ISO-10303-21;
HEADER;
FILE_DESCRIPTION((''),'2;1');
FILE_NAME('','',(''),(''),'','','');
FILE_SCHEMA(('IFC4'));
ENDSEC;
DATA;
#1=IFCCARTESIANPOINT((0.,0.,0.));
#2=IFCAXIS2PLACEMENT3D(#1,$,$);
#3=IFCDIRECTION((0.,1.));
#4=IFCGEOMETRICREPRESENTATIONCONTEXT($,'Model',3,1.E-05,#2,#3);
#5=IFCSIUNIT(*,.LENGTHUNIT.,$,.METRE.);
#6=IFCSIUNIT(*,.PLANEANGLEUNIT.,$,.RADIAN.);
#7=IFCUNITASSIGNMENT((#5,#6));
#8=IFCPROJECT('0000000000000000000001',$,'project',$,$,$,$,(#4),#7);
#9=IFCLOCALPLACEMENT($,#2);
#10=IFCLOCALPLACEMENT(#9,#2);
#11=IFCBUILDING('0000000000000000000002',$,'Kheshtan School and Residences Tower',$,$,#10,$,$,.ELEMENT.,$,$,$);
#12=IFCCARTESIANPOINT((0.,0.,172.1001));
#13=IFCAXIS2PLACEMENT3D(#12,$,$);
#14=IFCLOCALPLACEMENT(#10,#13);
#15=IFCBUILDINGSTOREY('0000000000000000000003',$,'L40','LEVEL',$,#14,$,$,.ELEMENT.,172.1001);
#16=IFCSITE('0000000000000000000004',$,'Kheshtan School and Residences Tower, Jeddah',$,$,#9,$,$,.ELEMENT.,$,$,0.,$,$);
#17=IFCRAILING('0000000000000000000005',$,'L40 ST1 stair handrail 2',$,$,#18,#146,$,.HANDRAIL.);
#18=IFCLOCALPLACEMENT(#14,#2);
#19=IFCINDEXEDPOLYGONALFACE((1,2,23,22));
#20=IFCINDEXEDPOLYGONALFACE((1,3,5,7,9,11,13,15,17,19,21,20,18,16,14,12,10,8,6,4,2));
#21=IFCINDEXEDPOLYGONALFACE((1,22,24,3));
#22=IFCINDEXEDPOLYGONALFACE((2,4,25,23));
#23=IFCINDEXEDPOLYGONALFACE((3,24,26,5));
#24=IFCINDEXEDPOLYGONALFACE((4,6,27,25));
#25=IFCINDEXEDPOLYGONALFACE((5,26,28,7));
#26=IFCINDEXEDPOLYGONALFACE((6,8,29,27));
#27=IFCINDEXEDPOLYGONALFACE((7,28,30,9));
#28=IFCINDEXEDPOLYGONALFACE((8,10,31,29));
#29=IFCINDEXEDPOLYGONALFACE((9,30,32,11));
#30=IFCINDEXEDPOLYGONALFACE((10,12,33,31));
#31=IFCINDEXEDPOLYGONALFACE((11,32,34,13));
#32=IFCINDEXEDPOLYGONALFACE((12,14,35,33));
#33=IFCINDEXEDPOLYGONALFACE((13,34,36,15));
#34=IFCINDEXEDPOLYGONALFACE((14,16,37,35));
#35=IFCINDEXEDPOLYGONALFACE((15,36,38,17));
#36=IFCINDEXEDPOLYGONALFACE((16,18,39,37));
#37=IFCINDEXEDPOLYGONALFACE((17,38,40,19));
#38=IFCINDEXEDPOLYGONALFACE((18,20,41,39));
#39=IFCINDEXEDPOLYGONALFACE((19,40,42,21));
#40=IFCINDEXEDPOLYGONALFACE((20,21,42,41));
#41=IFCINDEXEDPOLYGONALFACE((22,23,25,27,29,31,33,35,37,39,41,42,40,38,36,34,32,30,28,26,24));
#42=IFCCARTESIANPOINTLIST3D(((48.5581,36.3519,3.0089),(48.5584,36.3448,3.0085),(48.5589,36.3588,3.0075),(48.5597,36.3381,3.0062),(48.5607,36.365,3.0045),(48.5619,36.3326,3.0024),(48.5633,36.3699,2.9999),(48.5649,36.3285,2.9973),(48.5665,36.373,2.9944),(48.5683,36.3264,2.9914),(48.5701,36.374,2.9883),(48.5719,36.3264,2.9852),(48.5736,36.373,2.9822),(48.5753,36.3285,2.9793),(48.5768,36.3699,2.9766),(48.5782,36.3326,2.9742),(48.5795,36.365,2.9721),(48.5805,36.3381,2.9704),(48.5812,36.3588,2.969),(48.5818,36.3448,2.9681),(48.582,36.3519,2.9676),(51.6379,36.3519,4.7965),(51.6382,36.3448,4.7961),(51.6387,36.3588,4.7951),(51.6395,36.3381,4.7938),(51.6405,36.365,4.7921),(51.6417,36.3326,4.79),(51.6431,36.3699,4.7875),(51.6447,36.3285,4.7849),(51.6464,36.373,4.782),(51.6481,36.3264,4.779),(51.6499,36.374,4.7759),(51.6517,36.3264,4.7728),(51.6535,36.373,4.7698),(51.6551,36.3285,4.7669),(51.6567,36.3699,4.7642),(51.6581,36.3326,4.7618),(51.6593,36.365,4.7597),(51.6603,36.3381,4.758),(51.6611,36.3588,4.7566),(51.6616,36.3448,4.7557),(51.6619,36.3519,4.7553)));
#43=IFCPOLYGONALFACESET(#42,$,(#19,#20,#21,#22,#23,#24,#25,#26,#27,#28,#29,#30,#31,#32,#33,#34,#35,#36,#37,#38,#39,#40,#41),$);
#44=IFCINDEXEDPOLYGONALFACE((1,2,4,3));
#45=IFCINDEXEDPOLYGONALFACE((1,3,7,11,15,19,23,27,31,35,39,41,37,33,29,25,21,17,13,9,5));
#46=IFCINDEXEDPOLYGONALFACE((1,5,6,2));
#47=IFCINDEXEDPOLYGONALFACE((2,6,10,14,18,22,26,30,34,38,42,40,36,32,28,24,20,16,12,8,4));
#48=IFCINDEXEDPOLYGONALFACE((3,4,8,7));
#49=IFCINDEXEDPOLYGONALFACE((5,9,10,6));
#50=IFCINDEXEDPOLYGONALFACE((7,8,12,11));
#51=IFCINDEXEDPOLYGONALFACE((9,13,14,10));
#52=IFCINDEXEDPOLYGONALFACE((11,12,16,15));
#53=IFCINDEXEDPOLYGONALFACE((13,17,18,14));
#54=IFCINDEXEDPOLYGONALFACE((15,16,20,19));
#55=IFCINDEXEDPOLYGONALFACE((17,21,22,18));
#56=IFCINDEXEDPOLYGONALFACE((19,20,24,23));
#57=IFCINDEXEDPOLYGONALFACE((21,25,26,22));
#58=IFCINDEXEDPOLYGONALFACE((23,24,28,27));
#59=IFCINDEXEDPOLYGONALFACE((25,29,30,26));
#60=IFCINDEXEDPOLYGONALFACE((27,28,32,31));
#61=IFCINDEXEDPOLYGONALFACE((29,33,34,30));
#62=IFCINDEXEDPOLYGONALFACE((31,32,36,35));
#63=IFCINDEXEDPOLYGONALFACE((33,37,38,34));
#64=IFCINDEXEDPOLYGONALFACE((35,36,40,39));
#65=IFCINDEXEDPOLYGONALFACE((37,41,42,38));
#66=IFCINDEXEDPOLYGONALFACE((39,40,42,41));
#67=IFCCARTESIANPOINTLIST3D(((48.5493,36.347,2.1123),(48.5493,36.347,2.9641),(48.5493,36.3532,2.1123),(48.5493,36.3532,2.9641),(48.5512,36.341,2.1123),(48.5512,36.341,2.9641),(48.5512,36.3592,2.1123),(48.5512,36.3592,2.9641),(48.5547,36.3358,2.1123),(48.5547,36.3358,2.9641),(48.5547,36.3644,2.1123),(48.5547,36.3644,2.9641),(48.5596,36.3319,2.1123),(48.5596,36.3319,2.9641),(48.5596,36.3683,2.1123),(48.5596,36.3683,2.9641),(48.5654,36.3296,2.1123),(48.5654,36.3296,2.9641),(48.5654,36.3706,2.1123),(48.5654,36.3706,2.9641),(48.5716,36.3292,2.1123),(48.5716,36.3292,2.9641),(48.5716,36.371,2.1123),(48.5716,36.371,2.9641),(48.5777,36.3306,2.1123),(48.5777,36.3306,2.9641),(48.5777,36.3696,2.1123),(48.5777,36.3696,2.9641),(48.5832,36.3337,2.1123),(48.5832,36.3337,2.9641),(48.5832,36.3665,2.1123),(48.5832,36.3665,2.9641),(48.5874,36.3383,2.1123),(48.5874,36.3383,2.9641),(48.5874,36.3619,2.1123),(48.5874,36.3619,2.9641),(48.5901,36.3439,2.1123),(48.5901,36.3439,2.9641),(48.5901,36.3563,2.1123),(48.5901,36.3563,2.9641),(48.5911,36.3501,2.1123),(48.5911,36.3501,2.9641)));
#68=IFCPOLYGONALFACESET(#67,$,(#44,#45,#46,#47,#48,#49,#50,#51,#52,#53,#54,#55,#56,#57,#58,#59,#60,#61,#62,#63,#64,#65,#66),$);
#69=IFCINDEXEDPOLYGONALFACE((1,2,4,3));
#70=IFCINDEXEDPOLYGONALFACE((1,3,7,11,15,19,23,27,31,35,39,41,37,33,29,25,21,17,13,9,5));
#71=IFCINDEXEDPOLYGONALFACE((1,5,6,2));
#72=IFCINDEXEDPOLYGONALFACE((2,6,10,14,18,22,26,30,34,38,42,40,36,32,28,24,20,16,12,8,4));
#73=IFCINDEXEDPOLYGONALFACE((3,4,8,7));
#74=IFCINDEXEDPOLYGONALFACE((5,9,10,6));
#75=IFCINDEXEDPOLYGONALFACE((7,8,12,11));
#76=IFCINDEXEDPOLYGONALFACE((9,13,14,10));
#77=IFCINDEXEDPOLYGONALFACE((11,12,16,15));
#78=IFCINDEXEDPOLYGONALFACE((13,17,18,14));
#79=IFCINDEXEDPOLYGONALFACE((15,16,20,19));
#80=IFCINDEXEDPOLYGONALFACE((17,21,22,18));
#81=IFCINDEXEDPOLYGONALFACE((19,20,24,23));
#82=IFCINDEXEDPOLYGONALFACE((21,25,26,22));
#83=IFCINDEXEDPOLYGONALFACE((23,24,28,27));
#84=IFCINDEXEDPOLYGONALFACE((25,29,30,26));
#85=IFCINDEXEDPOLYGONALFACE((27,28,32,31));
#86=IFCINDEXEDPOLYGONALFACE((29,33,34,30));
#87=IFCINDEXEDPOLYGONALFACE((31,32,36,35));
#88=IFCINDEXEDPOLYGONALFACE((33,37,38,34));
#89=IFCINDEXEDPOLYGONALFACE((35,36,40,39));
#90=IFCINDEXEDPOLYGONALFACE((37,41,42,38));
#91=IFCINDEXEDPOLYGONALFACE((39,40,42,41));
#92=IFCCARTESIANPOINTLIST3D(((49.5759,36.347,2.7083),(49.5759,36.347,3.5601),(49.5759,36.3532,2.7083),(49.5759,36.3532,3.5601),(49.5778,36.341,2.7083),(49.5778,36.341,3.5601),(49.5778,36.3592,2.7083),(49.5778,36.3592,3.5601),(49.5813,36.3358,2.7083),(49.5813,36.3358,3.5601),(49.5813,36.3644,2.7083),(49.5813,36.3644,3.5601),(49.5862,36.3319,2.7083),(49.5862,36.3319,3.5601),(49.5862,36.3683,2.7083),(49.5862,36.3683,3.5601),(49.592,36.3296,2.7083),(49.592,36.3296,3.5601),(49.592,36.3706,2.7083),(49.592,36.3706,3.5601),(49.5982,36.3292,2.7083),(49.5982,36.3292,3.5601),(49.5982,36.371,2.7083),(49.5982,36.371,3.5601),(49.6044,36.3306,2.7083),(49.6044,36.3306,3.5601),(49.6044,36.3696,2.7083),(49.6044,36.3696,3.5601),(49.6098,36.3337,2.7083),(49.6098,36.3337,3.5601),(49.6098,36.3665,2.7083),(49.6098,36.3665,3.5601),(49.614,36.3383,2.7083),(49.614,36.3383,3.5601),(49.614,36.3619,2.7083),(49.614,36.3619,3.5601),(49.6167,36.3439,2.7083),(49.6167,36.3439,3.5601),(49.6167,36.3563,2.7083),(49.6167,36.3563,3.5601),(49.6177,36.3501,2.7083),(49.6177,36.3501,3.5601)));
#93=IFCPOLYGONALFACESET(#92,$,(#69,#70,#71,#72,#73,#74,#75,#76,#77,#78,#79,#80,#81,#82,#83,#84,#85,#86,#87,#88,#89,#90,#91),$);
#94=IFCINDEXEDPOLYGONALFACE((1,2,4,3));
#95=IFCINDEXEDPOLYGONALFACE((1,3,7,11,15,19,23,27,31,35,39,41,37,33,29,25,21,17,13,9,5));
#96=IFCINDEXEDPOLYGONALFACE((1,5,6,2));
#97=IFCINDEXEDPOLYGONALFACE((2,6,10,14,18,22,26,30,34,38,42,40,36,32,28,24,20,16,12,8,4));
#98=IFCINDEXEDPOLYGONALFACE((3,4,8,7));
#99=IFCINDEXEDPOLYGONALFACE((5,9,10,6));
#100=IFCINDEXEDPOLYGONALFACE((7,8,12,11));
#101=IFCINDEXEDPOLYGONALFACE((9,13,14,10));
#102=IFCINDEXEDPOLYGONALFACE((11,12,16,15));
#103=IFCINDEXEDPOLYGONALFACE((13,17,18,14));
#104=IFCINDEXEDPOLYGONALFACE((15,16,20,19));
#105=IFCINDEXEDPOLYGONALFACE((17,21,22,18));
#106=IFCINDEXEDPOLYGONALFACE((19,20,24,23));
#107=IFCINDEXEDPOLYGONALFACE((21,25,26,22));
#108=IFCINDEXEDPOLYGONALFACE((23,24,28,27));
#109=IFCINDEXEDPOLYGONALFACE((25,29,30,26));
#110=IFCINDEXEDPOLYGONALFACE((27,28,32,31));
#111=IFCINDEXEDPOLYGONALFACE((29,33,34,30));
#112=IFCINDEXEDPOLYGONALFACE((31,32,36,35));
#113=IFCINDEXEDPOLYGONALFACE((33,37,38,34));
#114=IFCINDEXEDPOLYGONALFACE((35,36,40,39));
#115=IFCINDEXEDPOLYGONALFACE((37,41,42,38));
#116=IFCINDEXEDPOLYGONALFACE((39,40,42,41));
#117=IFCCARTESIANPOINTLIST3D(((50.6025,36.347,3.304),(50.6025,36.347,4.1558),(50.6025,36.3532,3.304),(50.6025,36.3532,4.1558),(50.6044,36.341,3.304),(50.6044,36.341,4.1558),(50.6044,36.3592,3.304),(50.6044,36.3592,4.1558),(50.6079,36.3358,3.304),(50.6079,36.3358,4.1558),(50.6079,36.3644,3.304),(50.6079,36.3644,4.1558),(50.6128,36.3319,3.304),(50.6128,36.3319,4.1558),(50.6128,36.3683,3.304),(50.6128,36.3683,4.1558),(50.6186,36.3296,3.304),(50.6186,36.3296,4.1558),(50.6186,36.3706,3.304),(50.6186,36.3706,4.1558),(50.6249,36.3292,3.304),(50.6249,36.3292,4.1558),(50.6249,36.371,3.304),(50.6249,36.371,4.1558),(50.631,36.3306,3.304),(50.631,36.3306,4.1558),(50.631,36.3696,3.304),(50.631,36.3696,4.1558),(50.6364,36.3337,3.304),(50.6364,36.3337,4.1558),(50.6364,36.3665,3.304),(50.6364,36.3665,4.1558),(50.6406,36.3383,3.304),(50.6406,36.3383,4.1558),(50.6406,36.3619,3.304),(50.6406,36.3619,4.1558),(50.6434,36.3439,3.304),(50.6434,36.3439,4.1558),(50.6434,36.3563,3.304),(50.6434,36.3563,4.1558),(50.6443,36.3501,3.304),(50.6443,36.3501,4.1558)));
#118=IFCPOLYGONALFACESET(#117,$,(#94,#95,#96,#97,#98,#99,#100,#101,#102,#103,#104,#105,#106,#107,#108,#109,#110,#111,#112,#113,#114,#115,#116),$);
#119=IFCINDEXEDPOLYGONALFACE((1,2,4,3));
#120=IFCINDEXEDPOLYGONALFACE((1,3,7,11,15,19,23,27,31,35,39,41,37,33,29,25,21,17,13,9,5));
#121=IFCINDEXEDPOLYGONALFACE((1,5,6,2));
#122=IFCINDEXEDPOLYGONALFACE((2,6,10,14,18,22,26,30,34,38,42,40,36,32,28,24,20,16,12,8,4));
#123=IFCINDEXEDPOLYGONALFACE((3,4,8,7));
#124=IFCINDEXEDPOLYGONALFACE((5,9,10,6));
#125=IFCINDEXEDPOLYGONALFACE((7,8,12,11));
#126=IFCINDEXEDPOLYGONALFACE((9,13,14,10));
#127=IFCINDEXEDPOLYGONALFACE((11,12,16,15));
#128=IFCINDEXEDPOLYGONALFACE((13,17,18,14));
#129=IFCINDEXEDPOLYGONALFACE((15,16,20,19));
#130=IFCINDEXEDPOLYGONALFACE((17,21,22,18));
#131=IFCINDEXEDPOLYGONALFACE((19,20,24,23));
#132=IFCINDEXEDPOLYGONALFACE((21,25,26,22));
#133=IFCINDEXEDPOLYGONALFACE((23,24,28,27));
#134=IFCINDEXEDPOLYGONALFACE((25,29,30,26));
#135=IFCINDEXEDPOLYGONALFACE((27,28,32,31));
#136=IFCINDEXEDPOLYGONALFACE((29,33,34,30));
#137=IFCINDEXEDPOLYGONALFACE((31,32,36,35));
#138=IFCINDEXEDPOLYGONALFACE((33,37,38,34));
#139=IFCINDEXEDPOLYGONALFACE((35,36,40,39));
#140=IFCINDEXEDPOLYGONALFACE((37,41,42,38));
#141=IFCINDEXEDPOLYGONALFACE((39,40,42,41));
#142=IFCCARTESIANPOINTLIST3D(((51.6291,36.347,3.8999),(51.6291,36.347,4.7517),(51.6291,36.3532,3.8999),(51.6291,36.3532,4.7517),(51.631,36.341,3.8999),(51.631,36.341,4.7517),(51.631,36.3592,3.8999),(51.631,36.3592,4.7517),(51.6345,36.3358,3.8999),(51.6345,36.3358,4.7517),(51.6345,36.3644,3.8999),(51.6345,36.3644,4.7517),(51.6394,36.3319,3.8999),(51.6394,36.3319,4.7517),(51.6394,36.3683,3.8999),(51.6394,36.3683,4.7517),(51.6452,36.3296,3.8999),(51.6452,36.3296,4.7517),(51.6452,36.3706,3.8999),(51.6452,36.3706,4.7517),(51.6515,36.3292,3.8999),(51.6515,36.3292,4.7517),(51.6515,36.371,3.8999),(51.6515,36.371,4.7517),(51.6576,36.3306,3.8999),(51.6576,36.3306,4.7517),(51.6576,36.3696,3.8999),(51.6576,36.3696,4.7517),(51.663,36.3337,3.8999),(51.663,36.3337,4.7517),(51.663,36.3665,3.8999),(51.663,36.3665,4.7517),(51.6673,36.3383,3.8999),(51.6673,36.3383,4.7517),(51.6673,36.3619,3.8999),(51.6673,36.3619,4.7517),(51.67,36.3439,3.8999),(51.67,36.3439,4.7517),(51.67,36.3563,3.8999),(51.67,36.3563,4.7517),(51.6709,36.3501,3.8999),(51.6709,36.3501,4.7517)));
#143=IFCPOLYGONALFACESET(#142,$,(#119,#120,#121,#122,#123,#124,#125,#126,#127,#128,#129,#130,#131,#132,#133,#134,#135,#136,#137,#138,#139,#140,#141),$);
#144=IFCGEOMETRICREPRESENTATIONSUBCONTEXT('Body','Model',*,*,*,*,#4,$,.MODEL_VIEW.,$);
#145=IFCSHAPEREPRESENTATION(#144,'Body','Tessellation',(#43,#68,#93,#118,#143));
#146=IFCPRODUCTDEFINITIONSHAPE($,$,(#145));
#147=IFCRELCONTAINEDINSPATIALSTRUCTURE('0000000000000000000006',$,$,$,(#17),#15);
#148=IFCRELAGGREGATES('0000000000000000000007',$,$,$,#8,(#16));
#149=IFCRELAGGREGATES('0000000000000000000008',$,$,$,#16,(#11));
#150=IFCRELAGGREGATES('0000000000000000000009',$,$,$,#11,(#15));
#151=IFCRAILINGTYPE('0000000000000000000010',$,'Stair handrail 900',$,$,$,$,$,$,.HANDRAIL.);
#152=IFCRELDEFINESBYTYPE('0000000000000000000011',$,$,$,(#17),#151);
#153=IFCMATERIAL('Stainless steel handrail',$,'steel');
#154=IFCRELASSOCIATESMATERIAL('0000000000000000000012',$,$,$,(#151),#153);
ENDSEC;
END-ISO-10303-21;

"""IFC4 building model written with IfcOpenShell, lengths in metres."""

from ifc_helpers import new_model, si_unit, direction, frame, origin, origin_2d, place, context, subcontext, project, spatial, circle, extrude, material, type_object, element, save


model = new_model("IFC4")

# Units and contexts
model_context = context("Model", 3, precision=1e-05, world=origin(), true_north=direction((0.0, 1.0)))
body_context = subcontext(model_context, "Body", "Model", "MODEL_VIEW")
ifc_project = project(units=[si_unit("LENGTHUNIT", "METRE"), si_unit("PLANEANGLEUNIT", "RADIAN")], contexts=[model_context])

# Site, building, storey
site_placement = place(None, origin())
site = spatial("IfcSite", under=ifc_project, at=site_placement, Name="Kheshtan School and Residences Tower, Jeddah", CompositionType="ELEMENT", RefElevation=0.0)
building_placement = place(site_placement, origin())
building = spatial("IfcBuilding", under=site, at=building_placement, Name="Kheshtan School and Residences Tower", CompositionType="ELEMENT")
storey_placement = place(building_placement, frame((0.0, 0.0, 172.1001)))
storey = spatial("IfcBuildingStorey", under=building, at=storey_placement, Name="L40", Description="LEVEL", CompositionType="ELEMENT", Elevation=172.1001)

# Railing
ifc_material_1 = material(Name="Stainless steel handrail", Category="steel")
railing_type_1 = type_object("IfcRailingType", Name="Stair handrail 900", PredefinedType="HANDRAIL", material=ifc_material_1)
railing_1_placement = place(storey_placement, frame((48.5701, 36.3501, 2.1123)))
element("IfcRailing", 1, at=railing_1_placement, inside=storey, type_object=railing_type_1, Name="L40 ST1 stair handrail 2", PredefinedType="HANDRAIL", context=body_context, shape_type="SweptSolid", body=[
    extrude(circle(Radius=0.0239, at=origin_2d()), frame((0.0, 0.0, 0.876), z_axis=(0.864873, 0.0, 0.50199), x_axis=(0.0, 1.0, 0.0)), (0.0, 0.0, 1.0), 3.561),
    extrude(circle(Radius=0.021, at=origin_2d()), origin(), (0.0, 0.0, 1.0), 0.8518),
    extrude(circle(Radius=0.021, at=origin_2d()), frame((1.0266, 0.0, 0.5959)), (0.0, 0.0, 1.0), 0.8518),
    extrude(circle(Radius=0.021, at=origin_2d()), frame((2.0532, 0.0, 1.1917)), (0.0, 0.0, 1.0), 0.8518),
    extrude(circle(Radius=0.021, at=origin_2d()), frame((3.0798, 0.0, 1.7876)), (0.0, 0.0, 1.0), 0.8518),
])

save(model, "model.ifc")
